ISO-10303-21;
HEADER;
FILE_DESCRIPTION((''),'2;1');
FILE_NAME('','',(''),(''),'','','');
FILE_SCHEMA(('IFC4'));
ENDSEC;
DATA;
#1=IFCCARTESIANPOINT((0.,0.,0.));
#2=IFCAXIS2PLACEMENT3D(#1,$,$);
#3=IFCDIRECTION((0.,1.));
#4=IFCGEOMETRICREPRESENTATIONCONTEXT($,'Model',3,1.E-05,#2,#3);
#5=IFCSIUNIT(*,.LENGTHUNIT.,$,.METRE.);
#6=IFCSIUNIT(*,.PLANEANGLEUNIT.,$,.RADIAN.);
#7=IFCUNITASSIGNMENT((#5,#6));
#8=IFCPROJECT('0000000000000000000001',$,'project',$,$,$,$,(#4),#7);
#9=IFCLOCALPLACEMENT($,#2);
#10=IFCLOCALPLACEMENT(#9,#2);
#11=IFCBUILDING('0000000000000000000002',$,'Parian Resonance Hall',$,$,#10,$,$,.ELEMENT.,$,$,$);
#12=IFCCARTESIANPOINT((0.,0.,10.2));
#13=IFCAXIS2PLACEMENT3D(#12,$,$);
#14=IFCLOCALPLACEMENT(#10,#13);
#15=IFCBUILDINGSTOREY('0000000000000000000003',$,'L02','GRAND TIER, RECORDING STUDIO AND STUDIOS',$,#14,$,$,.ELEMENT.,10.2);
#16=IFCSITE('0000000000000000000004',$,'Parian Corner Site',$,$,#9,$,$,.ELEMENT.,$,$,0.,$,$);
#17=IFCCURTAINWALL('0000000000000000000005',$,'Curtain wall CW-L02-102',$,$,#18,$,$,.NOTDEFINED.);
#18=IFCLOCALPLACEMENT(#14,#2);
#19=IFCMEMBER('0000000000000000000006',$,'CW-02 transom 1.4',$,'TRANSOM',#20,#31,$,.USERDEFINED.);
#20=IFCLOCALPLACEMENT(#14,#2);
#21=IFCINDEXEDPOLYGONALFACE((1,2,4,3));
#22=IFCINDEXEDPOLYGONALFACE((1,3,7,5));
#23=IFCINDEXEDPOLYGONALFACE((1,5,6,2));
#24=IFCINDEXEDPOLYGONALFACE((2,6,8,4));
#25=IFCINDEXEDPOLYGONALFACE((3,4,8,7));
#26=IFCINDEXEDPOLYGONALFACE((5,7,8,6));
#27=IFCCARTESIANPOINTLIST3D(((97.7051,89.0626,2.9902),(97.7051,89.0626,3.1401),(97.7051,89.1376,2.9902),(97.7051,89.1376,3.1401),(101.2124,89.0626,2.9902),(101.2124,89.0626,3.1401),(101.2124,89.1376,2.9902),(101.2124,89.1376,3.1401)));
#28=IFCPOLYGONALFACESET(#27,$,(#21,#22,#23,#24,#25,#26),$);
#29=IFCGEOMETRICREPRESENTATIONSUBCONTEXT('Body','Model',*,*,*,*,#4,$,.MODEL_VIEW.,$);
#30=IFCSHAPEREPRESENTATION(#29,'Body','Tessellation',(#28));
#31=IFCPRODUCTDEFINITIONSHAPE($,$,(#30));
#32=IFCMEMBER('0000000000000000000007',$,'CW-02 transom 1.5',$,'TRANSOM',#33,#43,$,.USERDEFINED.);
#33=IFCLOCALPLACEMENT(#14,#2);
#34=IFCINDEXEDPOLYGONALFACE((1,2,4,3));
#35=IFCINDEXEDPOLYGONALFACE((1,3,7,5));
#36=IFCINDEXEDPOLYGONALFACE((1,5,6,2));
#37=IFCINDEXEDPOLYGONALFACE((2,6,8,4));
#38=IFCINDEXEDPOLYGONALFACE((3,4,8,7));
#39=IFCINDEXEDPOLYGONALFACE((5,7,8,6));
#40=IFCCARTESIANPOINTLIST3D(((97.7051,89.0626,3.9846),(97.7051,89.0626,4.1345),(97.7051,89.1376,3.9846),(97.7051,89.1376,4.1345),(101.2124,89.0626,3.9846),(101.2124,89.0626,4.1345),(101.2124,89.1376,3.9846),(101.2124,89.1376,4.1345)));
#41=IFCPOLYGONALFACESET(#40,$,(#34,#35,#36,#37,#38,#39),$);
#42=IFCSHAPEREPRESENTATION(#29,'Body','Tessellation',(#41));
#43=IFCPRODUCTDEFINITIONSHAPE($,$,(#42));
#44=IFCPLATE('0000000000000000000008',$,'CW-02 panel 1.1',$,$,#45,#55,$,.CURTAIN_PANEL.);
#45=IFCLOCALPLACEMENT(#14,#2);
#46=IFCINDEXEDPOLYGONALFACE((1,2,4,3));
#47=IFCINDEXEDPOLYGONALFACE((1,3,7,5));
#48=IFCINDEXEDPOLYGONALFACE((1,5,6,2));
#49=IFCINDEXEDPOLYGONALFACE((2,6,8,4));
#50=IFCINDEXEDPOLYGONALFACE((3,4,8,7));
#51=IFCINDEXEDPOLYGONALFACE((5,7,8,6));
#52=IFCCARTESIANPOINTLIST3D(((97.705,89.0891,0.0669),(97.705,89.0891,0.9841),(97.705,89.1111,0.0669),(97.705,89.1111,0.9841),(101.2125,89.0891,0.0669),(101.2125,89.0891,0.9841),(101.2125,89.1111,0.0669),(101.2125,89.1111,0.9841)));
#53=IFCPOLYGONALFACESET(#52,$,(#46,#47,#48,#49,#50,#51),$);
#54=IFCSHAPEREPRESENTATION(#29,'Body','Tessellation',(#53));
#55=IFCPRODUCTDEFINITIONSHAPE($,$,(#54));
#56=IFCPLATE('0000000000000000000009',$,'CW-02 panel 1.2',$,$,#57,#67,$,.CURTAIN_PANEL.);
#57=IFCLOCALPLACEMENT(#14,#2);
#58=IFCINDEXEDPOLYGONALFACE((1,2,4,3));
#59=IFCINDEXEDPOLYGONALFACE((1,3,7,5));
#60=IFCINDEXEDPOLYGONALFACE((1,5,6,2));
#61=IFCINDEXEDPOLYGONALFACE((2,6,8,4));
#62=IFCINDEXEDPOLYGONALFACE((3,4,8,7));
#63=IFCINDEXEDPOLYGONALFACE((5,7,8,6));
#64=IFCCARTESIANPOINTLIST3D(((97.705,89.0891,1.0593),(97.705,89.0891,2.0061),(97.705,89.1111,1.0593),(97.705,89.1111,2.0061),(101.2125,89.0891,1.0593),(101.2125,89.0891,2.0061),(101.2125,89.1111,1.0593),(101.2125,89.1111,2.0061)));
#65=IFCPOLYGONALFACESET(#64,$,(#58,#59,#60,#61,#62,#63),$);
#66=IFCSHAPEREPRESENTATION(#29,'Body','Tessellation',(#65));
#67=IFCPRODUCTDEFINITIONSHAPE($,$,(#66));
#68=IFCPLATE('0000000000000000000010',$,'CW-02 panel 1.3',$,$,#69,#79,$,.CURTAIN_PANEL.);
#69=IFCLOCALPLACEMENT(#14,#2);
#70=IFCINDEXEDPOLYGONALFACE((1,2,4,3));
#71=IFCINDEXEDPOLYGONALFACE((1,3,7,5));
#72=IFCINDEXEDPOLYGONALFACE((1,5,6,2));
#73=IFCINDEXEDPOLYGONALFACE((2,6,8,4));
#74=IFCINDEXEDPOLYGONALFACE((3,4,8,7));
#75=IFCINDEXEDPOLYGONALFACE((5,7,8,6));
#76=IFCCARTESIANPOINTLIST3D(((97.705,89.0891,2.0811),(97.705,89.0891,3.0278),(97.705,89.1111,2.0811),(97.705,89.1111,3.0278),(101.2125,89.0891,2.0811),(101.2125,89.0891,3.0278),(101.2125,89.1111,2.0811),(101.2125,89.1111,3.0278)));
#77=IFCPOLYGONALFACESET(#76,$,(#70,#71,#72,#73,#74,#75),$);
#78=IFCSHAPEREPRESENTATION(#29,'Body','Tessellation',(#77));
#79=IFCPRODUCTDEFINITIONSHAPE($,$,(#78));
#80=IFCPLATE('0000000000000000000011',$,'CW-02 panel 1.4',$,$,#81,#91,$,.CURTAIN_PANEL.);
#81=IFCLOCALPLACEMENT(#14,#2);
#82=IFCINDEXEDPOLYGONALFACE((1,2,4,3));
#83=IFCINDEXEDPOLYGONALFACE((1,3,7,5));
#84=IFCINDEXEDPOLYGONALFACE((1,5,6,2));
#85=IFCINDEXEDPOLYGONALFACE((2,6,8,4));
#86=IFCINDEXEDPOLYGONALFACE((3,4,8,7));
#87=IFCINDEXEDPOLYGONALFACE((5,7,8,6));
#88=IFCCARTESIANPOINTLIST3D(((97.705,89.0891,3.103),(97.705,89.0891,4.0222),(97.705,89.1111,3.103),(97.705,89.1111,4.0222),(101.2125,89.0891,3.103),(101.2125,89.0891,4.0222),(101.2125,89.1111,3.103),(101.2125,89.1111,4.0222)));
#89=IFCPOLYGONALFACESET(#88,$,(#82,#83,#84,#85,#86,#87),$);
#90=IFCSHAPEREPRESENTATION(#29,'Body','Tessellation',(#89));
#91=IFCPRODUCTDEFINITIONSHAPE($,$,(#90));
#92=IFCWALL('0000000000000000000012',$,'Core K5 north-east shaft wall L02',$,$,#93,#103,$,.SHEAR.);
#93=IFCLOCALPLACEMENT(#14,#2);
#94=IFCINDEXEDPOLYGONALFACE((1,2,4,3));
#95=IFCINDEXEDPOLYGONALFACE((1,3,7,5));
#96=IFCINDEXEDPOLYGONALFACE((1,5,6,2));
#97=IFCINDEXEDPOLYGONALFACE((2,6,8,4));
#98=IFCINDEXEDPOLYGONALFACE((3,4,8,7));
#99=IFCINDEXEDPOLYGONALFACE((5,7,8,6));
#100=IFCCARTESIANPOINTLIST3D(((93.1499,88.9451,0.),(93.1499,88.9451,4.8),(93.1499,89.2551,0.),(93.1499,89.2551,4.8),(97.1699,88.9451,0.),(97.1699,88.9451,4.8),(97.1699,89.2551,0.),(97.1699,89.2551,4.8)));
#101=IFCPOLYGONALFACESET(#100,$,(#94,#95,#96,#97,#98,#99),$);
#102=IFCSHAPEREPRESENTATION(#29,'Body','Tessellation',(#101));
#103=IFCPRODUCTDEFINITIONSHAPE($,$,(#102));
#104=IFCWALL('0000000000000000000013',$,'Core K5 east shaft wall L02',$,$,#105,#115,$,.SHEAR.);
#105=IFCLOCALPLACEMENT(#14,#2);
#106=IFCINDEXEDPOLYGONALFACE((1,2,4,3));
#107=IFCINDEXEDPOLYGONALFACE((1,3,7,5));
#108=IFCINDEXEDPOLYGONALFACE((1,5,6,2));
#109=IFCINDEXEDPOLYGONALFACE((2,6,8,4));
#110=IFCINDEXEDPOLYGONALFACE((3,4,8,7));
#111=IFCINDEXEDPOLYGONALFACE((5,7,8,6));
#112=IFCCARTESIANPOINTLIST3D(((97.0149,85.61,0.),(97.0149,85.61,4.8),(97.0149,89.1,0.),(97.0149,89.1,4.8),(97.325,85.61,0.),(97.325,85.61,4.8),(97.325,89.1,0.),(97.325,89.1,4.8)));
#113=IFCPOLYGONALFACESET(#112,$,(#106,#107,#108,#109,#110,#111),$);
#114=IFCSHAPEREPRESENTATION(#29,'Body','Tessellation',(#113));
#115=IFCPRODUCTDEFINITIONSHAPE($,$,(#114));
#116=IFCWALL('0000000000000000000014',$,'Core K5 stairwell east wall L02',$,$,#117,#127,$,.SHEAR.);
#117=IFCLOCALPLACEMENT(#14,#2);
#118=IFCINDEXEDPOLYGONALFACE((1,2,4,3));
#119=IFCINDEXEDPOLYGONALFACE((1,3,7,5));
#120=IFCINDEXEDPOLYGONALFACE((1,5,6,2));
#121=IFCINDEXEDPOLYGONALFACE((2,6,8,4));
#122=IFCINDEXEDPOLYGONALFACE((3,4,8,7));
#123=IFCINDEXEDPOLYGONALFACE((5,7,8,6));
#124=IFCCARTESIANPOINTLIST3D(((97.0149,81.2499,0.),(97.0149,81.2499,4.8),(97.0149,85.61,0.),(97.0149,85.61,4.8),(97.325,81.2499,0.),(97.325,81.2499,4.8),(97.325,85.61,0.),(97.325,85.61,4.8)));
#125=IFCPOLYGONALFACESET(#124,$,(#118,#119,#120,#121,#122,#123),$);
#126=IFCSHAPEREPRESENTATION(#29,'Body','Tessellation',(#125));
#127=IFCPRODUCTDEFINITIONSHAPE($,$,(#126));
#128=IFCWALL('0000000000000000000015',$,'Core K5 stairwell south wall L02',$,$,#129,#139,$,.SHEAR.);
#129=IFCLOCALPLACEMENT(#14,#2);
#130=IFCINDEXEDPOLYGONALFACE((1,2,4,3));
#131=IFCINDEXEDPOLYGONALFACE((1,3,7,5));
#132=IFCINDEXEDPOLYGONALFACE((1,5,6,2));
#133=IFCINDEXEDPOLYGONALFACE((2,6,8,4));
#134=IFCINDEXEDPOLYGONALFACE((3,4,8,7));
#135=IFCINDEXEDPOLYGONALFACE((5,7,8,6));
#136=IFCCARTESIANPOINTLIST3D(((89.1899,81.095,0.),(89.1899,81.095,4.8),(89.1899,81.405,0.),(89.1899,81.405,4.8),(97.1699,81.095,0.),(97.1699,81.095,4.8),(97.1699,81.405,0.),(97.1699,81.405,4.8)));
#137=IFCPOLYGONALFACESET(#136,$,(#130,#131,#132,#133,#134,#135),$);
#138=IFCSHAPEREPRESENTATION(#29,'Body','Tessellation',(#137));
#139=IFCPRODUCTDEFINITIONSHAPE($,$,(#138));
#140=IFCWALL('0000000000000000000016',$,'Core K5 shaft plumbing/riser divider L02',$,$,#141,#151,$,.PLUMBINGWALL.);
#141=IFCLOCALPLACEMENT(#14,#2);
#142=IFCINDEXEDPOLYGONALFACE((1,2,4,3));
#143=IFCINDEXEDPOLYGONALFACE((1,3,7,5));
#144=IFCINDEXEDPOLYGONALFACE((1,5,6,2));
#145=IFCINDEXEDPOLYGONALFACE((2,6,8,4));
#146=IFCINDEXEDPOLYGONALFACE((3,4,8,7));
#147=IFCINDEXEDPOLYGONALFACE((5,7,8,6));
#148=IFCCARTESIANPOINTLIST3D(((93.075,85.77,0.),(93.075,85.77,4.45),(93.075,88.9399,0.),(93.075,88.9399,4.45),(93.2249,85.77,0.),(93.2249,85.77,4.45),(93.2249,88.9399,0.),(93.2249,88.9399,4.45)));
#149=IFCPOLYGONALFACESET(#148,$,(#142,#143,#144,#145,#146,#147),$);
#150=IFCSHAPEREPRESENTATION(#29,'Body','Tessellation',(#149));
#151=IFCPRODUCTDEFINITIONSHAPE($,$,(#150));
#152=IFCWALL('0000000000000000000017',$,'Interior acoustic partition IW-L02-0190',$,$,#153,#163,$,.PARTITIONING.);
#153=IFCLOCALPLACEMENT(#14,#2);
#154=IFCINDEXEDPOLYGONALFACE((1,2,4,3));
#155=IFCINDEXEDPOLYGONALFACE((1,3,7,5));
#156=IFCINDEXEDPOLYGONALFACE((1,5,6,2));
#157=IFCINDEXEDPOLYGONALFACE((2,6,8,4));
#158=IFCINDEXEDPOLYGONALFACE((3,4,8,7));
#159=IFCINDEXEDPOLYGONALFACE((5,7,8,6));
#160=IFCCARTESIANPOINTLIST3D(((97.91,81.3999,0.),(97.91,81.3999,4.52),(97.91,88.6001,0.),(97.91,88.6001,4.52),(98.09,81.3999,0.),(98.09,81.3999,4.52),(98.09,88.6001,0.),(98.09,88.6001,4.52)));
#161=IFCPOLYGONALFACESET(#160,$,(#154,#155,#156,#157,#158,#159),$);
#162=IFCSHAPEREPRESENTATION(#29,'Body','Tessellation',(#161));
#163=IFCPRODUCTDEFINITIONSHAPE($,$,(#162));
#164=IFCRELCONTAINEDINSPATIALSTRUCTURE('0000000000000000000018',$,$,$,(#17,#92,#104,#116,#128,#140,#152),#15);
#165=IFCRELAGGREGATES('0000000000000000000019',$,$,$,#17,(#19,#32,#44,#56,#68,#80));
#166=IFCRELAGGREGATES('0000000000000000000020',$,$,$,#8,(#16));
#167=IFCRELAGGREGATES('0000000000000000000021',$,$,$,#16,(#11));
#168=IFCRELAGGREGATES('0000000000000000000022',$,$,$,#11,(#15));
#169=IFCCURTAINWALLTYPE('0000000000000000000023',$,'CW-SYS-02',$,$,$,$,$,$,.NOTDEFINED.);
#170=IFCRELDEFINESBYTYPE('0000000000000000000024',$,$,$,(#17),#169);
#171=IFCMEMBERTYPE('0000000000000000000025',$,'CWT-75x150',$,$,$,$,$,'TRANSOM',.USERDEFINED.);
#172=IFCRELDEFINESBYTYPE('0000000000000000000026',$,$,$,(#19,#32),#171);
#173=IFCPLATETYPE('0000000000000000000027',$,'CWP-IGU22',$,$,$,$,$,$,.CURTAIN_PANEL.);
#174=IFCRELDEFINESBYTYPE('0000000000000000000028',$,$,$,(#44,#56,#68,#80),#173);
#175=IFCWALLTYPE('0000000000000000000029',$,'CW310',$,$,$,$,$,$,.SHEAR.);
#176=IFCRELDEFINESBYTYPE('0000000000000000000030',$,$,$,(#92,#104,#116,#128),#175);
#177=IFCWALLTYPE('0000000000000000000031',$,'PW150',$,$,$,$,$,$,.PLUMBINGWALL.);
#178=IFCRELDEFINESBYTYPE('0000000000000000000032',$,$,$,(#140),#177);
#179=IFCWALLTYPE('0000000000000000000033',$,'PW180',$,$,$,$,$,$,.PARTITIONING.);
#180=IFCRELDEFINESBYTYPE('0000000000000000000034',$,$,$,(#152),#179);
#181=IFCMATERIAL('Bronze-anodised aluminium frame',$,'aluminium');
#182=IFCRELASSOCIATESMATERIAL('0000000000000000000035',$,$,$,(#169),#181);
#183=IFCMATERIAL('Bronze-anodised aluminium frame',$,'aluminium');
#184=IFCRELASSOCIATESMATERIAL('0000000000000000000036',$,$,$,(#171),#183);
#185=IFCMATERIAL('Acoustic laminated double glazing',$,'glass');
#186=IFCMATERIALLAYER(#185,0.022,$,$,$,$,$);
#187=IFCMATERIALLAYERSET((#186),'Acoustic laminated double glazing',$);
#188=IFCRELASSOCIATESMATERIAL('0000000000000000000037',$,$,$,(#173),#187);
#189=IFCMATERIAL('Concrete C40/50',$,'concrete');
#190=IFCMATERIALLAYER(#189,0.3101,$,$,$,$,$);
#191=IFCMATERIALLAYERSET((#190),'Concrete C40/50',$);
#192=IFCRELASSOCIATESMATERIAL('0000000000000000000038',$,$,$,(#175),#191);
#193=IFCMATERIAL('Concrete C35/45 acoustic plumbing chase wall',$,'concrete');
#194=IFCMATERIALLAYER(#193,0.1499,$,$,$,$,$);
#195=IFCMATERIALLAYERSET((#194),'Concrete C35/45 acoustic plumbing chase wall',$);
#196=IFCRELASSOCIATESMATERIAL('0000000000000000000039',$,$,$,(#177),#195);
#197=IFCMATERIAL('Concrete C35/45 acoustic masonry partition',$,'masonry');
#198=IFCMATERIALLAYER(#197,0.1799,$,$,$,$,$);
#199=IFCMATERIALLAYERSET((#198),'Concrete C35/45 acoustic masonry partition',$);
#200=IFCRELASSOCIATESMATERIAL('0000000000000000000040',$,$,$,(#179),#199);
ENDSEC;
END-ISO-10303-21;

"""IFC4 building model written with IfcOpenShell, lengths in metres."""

from ifc_helpers import new_model, si_unit, direction, frame, frame_2d, origin, origin_2d, place, context, subcontext, project, spatial, rectangle, extrude, material, layer, layer_set, material_profile, profile_set, type_object, element, aggregate, save


model = new_model("IFC4")

# Units and contexts
model_context = context("Model", 3, precision=1e-05, world=origin(), true_north=direction((0.0, 1.0)))
body_context = subcontext(model_context, "Body", "Model", "MODEL_VIEW")
ifc_project = project(units=[si_unit("LENGTHUNIT", "METRE"), si_unit("PLANEANGLEUNIT", "RADIAN")], contexts=[model_context])

# Site, building, storey
site_placement = place(None, origin())
site = spatial("IfcSite", under=ifc_project, at=site_placement, Name="Parian Corner Site", CompositionType="ELEMENT", RefElevation=0.0)
building_placement = place(site_placement, origin())
building = spatial("IfcBuilding", under=site, at=building_placement, Name="Parian Resonance Hall", CompositionType="ELEMENT")
storey_placement = place(building_placement, frame((0.0, 0.0, 10.2)))
storey = spatial("IfcBuildingStorey", under=building, at=storey_placement, Name="L02", Description="GRAND TIER, RECORDING STUDIO AND STUDIOS", CompositionType="ELEMENT", Elevation=10.2)

# Curtain wall, members, plates
ifc_material_1 = material(Name="Bronze-anodised aluminium frame", Category="aluminium")
curtain_wall_type = type_object("IfcCurtainWallType", Name="CW-SYS-02", PredefinedType="NOTDEFINED", material=ifc_material_1)
curtain_wall_placement = place(storey_placement, origin())
curtain_wall = element("IfcCurtainWall", 1, at=curtain_wall_placement, inside=storey, type_object=curtain_wall_type, Name="Curtain wall CW-L02-102", PredefinedType="NOTDEFINED")
ifc_material_2 = material(Name="Bronze-anodised aluminium frame", Category="aluminium")
ifc_material_profile_1 = material_profile(ifc_material_2, rectangle(XDim=0.075, YDim=0.1499, at=origin_2d()), Name="CWT-75x150")
ifc_profile_set_1 = profile_set([ifc_material_profile_1], Name="Bronze-anodised aluminium frame")
member_type_1 = type_object("IfcMemberType", Name="CWT-75x150", ElementType="TRANSOM", PredefinedType="USERDEFINED", material=ifc_profile_set_1)
member_1_placement = place(storey_placement, frame((97.7051, 89.1001, 3.0652), z_axis=(1.0, 0.0, 0.0), x_axis=(0.0, 1.0, 0.0)))
member_1 = element("IfcMember", 2, at=member_1_placement, type_object=member_type_1, Name="CW-02 transom 1.4", ObjectType="TRANSOM", PredefinedType="USERDEFINED", context=body_context, shape_type="SweptSolid", body=[
    extrude(rectangle(XDim=0.075, YDim=0.1499, at=origin_2d()), origin(), (0.0, 0.0, 1.0), 3.5073),
])
member_2_placement = place(storey_placement, frame((97.7051, 89.1001, 4.0596), z_axis=(1.0, 0.0, 0.0), x_axis=(0.0, 1.0, 0.0)))
member_2 = element("IfcMember", 3, at=member_2_placement, type_object=member_type_1, Name="CW-02 transom 1.5", ObjectType="TRANSOM", PredefinedType="USERDEFINED", context=body_context, shape_type="SweptSolid", body=[
    extrude(rectangle(XDim=0.075, YDim=0.1499, at=origin_2d()), origin(), (0.0, 0.0, 1.0), 3.5073),
])
ifc_material_3 = material(Name="Acoustic laminated double glazing", Category="glass")
ifc_layer_1 = layer(ifc_material_3, 0.022)
ifc_layer_set_1 = layer_set([ifc_layer_1], Name="Acoustic laminated double glazing")
plate_type = type_object("IfcPlateType", Name="CWP-IGU22", PredefinedType="CURTAIN_PANEL", material=ifc_layer_set_1)
plate_1_placement = place(storey_placement, frame((99.4587, 89.1001, 0.0669), z_axis=(0.0, 0.0, 1.0), x_axis=(1.0, 0.0, 0.0)))
plate_1 = element("IfcPlate", 4, at=plate_1_placement, type_object=plate_type, Name="CW-02 panel 1.1", PredefinedType="CURTAIN_PANEL", context=body_context, shape_type="SweptSolid", body=[
    extrude(rectangle(XDim=3.5076, YDim=0.022, at=origin_2d()), origin(), (0.0, 0.0, 1.0), 0.9172),
])
plate_2_placement = place(storey_placement, frame((99.4587, 89.1001, 1.0593), z_axis=(0.0, 0.0, 1.0), x_axis=(1.0, 0.0, 0.0)))
plate_2 = element("IfcPlate", 5, at=plate_2_placement, type_object=plate_type, Name="CW-02 panel 1.2", PredefinedType="CURTAIN_PANEL", context=body_context, shape_type="SweptSolid", body=[
    extrude(rectangle(XDim=3.5076, YDim=0.022, at=origin_2d()), origin(), (0.0, 0.0, 1.0), 0.9468),
])
plate_3_placement = place(storey_placement, frame((99.4587, 89.1001, 2.0811), z_axis=(0.0, 0.0, 1.0), x_axis=(1.0, 0.0, 0.0)))
plate_3 = element("IfcPlate", 6, at=plate_3_placement, type_object=plate_type, Name="CW-02 panel 1.3", PredefinedType="CURTAIN_PANEL", context=body_context, shape_type="SweptSolid", body=[
    extrude(rectangle(XDim=3.5076, YDim=0.022, at=origin_2d()), origin(), (0.0, 0.0, 1.0), 0.9468),
])
plate_4_placement = place(storey_placement, frame((99.4587, 89.1001, 3.103), z_axis=(0.0, 0.0, 1.0), x_axis=(1.0, 0.0, 0.0)))
plate_4 = element("IfcPlate", 7, at=plate_4_placement, type_object=plate_type, Name="CW-02 panel 1.4", PredefinedType="CURTAIN_PANEL", context=body_context, shape_type="SweptSolid", body=[
    extrude(rectangle(XDim=3.5076, YDim=0.022, at=origin_2d()), origin(), (0.0, 0.0, 1.0), 0.9192),
])
aggregate(curtain_wall, [member_1, member_2, plate_1, plate_2, plate_3, plate_4])

# Walls
ifc_material_4 = material(Name="Concrete C40/50", Category="concrete")
ifc_layer_2 = layer(ifc_material_4, 0.3101)
ifc_layer_set_2 = layer_set([ifc_layer_2], Name="Concrete C40/50")
wall_type_1 = type_object("IfcWallType", Name="CW310", PredefinedType="SHEAR", material=ifc_layer_set_2)
wall_1_placement = place(storey_placement, frame((93.1499, 89.1001, 0.0), z_axis=(0.0, 0.0, 1.0), x_axis=(1.0, 0.0, 0.0)))
element("IfcWall", 8, at=wall_1_placement, inside=storey, type_object=wall_type_1, Name="Core K5 north-east shaft wall L02", PredefinedType="SHEAR", context=body_context, shape_type="SweptSolid", body=[
    extrude(rectangle(XDim=4.02, YDim=0.3101, at=frame_2d((2.01, 0.0))), origin(), (0.0, 0.0, 1.0), 4.8),
])
wall_2_placement = place(storey_placement, frame((97.1699, 89.1001, 0.0), z_axis=(0.0, 0.0, 1.0), x_axis=(0.0, -1.0, 0.0)))
element("IfcWall", 9, at=wall_2_placement, inside=storey, type_object=wall_type_1, Name="Core K5 east shaft wall L02", PredefinedType="SHEAR", context=body_context, shape_type="SweptSolid", body=[
    extrude(rectangle(XDim=3.49, YDim=0.3101, at=frame_2d((1.7451, 0.0))), origin(), (0.0, 0.0, 1.0), 4.8),
])
wall_3_placement = place(storey_placement, frame((97.1699, 85.6101, 0.0), z_axis=(0.0, 0.0, 1.0), x_axis=(0.0, -1.0, 0.0)))
element("IfcWall", 10, at=wall_3_placement, inside=storey, type_object=wall_type_1, Name="Core K5 stairwell east wall L02", PredefinedType="SHEAR", context=body_context, shape_type="SweptSolid", body=[
    extrude(rectangle(XDim=4.3601, YDim=0.3101, at=frame_2d((2.1802, 0.0))), origin(), (0.0, 0.0, 1.0), 4.8),
])
wall_4_placement = place(storey_placement, frame((97.1699, 81.25, 0.0), z_axis=(0.0, 0.0, 1.0), x_axis=(-1.0, 0.0, 0.0)))
element("IfcWall", 11, at=wall_4_placement, inside=storey, type_object=wall_type_1, Name="Core K5 stairwell south wall L02", PredefinedType="SHEAR", context=body_context, shape_type="SweptSolid", body=[
    extrude(rectangle(XDim=7.98, YDim=0.3101, at=frame_2d((3.99, 0.0))), origin(), (0.0, 0.0, 1.0), 4.8),
])
ifc_material_5 = material(Name="Concrete C35/45 acoustic plumbing chase wall", Category="concrete")
ifc_layer_3 = layer(ifc_material_5, 0.1499)
ifc_layer_set_3 = layer_set([ifc_layer_3], Name="Concrete C35/45 acoustic plumbing chase wall")
wall_type_2 = type_object("IfcWallType", Name="PW150", PredefinedType="PLUMBINGWALL", material=ifc_layer_set_3)
wall_5_placement = place(storey_placement, frame((93.1499, 85.77, 0.0), z_axis=(0.0, 0.0, 1.0), x_axis=(0.0, 1.0, 0.0)))
element("IfcWall", 12, at=wall_5_placement, inside=storey, type_object=wall_type_2, Name="Core K5 shaft plumbing/riser divider L02", PredefinedType="PLUMBINGWALL", context=body_context, shape_type="SweptSolid", body=[
    extrude(rectangle(XDim=3.1699, YDim=0.1499, at=frame_2d((1.585, 0.0))), origin(), (0.0, 0.0, 1.0), 4.45),
])
ifc_material_6 = material(Name="Concrete C35/45 acoustic masonry partition", Category="masonry")
ifc_layer_4 = layer(ifc_material_6, 0.1799)
ifc_layer_set_4 = layer_set([ifc_layer_4], Name="Concrete C35/45 acoustic masonry partition")
wall_type_3 = type_object("IfcWallType", Name="PW180", PredefinedType="PARTITIONING", material=ifc_layer_set_4)
wall_6_placement = place(storey_placement, frame((98.0, 81.3999, 0.0), z_axis=(0.0, 0.0, 1.0), x_axis=(0.0, 1.0, 0.0)))
element("IfcWall", 13, at=wall_6_placement, inside=storey, type_object=wall_type_3, Name="Interior acoustic partition IW-L02-0190", PredefinedType="PARTITIONING", context=body_context, shape_type="SweptSolid", body=[
    extrude(rectangle(XDim=7.2002, YDim=0.1799, at=frame_2d((3.6001, 0.0))), origin(), (0.0, 0.0, 1.0), 4.52),
])

save(model, "model.ifc")
